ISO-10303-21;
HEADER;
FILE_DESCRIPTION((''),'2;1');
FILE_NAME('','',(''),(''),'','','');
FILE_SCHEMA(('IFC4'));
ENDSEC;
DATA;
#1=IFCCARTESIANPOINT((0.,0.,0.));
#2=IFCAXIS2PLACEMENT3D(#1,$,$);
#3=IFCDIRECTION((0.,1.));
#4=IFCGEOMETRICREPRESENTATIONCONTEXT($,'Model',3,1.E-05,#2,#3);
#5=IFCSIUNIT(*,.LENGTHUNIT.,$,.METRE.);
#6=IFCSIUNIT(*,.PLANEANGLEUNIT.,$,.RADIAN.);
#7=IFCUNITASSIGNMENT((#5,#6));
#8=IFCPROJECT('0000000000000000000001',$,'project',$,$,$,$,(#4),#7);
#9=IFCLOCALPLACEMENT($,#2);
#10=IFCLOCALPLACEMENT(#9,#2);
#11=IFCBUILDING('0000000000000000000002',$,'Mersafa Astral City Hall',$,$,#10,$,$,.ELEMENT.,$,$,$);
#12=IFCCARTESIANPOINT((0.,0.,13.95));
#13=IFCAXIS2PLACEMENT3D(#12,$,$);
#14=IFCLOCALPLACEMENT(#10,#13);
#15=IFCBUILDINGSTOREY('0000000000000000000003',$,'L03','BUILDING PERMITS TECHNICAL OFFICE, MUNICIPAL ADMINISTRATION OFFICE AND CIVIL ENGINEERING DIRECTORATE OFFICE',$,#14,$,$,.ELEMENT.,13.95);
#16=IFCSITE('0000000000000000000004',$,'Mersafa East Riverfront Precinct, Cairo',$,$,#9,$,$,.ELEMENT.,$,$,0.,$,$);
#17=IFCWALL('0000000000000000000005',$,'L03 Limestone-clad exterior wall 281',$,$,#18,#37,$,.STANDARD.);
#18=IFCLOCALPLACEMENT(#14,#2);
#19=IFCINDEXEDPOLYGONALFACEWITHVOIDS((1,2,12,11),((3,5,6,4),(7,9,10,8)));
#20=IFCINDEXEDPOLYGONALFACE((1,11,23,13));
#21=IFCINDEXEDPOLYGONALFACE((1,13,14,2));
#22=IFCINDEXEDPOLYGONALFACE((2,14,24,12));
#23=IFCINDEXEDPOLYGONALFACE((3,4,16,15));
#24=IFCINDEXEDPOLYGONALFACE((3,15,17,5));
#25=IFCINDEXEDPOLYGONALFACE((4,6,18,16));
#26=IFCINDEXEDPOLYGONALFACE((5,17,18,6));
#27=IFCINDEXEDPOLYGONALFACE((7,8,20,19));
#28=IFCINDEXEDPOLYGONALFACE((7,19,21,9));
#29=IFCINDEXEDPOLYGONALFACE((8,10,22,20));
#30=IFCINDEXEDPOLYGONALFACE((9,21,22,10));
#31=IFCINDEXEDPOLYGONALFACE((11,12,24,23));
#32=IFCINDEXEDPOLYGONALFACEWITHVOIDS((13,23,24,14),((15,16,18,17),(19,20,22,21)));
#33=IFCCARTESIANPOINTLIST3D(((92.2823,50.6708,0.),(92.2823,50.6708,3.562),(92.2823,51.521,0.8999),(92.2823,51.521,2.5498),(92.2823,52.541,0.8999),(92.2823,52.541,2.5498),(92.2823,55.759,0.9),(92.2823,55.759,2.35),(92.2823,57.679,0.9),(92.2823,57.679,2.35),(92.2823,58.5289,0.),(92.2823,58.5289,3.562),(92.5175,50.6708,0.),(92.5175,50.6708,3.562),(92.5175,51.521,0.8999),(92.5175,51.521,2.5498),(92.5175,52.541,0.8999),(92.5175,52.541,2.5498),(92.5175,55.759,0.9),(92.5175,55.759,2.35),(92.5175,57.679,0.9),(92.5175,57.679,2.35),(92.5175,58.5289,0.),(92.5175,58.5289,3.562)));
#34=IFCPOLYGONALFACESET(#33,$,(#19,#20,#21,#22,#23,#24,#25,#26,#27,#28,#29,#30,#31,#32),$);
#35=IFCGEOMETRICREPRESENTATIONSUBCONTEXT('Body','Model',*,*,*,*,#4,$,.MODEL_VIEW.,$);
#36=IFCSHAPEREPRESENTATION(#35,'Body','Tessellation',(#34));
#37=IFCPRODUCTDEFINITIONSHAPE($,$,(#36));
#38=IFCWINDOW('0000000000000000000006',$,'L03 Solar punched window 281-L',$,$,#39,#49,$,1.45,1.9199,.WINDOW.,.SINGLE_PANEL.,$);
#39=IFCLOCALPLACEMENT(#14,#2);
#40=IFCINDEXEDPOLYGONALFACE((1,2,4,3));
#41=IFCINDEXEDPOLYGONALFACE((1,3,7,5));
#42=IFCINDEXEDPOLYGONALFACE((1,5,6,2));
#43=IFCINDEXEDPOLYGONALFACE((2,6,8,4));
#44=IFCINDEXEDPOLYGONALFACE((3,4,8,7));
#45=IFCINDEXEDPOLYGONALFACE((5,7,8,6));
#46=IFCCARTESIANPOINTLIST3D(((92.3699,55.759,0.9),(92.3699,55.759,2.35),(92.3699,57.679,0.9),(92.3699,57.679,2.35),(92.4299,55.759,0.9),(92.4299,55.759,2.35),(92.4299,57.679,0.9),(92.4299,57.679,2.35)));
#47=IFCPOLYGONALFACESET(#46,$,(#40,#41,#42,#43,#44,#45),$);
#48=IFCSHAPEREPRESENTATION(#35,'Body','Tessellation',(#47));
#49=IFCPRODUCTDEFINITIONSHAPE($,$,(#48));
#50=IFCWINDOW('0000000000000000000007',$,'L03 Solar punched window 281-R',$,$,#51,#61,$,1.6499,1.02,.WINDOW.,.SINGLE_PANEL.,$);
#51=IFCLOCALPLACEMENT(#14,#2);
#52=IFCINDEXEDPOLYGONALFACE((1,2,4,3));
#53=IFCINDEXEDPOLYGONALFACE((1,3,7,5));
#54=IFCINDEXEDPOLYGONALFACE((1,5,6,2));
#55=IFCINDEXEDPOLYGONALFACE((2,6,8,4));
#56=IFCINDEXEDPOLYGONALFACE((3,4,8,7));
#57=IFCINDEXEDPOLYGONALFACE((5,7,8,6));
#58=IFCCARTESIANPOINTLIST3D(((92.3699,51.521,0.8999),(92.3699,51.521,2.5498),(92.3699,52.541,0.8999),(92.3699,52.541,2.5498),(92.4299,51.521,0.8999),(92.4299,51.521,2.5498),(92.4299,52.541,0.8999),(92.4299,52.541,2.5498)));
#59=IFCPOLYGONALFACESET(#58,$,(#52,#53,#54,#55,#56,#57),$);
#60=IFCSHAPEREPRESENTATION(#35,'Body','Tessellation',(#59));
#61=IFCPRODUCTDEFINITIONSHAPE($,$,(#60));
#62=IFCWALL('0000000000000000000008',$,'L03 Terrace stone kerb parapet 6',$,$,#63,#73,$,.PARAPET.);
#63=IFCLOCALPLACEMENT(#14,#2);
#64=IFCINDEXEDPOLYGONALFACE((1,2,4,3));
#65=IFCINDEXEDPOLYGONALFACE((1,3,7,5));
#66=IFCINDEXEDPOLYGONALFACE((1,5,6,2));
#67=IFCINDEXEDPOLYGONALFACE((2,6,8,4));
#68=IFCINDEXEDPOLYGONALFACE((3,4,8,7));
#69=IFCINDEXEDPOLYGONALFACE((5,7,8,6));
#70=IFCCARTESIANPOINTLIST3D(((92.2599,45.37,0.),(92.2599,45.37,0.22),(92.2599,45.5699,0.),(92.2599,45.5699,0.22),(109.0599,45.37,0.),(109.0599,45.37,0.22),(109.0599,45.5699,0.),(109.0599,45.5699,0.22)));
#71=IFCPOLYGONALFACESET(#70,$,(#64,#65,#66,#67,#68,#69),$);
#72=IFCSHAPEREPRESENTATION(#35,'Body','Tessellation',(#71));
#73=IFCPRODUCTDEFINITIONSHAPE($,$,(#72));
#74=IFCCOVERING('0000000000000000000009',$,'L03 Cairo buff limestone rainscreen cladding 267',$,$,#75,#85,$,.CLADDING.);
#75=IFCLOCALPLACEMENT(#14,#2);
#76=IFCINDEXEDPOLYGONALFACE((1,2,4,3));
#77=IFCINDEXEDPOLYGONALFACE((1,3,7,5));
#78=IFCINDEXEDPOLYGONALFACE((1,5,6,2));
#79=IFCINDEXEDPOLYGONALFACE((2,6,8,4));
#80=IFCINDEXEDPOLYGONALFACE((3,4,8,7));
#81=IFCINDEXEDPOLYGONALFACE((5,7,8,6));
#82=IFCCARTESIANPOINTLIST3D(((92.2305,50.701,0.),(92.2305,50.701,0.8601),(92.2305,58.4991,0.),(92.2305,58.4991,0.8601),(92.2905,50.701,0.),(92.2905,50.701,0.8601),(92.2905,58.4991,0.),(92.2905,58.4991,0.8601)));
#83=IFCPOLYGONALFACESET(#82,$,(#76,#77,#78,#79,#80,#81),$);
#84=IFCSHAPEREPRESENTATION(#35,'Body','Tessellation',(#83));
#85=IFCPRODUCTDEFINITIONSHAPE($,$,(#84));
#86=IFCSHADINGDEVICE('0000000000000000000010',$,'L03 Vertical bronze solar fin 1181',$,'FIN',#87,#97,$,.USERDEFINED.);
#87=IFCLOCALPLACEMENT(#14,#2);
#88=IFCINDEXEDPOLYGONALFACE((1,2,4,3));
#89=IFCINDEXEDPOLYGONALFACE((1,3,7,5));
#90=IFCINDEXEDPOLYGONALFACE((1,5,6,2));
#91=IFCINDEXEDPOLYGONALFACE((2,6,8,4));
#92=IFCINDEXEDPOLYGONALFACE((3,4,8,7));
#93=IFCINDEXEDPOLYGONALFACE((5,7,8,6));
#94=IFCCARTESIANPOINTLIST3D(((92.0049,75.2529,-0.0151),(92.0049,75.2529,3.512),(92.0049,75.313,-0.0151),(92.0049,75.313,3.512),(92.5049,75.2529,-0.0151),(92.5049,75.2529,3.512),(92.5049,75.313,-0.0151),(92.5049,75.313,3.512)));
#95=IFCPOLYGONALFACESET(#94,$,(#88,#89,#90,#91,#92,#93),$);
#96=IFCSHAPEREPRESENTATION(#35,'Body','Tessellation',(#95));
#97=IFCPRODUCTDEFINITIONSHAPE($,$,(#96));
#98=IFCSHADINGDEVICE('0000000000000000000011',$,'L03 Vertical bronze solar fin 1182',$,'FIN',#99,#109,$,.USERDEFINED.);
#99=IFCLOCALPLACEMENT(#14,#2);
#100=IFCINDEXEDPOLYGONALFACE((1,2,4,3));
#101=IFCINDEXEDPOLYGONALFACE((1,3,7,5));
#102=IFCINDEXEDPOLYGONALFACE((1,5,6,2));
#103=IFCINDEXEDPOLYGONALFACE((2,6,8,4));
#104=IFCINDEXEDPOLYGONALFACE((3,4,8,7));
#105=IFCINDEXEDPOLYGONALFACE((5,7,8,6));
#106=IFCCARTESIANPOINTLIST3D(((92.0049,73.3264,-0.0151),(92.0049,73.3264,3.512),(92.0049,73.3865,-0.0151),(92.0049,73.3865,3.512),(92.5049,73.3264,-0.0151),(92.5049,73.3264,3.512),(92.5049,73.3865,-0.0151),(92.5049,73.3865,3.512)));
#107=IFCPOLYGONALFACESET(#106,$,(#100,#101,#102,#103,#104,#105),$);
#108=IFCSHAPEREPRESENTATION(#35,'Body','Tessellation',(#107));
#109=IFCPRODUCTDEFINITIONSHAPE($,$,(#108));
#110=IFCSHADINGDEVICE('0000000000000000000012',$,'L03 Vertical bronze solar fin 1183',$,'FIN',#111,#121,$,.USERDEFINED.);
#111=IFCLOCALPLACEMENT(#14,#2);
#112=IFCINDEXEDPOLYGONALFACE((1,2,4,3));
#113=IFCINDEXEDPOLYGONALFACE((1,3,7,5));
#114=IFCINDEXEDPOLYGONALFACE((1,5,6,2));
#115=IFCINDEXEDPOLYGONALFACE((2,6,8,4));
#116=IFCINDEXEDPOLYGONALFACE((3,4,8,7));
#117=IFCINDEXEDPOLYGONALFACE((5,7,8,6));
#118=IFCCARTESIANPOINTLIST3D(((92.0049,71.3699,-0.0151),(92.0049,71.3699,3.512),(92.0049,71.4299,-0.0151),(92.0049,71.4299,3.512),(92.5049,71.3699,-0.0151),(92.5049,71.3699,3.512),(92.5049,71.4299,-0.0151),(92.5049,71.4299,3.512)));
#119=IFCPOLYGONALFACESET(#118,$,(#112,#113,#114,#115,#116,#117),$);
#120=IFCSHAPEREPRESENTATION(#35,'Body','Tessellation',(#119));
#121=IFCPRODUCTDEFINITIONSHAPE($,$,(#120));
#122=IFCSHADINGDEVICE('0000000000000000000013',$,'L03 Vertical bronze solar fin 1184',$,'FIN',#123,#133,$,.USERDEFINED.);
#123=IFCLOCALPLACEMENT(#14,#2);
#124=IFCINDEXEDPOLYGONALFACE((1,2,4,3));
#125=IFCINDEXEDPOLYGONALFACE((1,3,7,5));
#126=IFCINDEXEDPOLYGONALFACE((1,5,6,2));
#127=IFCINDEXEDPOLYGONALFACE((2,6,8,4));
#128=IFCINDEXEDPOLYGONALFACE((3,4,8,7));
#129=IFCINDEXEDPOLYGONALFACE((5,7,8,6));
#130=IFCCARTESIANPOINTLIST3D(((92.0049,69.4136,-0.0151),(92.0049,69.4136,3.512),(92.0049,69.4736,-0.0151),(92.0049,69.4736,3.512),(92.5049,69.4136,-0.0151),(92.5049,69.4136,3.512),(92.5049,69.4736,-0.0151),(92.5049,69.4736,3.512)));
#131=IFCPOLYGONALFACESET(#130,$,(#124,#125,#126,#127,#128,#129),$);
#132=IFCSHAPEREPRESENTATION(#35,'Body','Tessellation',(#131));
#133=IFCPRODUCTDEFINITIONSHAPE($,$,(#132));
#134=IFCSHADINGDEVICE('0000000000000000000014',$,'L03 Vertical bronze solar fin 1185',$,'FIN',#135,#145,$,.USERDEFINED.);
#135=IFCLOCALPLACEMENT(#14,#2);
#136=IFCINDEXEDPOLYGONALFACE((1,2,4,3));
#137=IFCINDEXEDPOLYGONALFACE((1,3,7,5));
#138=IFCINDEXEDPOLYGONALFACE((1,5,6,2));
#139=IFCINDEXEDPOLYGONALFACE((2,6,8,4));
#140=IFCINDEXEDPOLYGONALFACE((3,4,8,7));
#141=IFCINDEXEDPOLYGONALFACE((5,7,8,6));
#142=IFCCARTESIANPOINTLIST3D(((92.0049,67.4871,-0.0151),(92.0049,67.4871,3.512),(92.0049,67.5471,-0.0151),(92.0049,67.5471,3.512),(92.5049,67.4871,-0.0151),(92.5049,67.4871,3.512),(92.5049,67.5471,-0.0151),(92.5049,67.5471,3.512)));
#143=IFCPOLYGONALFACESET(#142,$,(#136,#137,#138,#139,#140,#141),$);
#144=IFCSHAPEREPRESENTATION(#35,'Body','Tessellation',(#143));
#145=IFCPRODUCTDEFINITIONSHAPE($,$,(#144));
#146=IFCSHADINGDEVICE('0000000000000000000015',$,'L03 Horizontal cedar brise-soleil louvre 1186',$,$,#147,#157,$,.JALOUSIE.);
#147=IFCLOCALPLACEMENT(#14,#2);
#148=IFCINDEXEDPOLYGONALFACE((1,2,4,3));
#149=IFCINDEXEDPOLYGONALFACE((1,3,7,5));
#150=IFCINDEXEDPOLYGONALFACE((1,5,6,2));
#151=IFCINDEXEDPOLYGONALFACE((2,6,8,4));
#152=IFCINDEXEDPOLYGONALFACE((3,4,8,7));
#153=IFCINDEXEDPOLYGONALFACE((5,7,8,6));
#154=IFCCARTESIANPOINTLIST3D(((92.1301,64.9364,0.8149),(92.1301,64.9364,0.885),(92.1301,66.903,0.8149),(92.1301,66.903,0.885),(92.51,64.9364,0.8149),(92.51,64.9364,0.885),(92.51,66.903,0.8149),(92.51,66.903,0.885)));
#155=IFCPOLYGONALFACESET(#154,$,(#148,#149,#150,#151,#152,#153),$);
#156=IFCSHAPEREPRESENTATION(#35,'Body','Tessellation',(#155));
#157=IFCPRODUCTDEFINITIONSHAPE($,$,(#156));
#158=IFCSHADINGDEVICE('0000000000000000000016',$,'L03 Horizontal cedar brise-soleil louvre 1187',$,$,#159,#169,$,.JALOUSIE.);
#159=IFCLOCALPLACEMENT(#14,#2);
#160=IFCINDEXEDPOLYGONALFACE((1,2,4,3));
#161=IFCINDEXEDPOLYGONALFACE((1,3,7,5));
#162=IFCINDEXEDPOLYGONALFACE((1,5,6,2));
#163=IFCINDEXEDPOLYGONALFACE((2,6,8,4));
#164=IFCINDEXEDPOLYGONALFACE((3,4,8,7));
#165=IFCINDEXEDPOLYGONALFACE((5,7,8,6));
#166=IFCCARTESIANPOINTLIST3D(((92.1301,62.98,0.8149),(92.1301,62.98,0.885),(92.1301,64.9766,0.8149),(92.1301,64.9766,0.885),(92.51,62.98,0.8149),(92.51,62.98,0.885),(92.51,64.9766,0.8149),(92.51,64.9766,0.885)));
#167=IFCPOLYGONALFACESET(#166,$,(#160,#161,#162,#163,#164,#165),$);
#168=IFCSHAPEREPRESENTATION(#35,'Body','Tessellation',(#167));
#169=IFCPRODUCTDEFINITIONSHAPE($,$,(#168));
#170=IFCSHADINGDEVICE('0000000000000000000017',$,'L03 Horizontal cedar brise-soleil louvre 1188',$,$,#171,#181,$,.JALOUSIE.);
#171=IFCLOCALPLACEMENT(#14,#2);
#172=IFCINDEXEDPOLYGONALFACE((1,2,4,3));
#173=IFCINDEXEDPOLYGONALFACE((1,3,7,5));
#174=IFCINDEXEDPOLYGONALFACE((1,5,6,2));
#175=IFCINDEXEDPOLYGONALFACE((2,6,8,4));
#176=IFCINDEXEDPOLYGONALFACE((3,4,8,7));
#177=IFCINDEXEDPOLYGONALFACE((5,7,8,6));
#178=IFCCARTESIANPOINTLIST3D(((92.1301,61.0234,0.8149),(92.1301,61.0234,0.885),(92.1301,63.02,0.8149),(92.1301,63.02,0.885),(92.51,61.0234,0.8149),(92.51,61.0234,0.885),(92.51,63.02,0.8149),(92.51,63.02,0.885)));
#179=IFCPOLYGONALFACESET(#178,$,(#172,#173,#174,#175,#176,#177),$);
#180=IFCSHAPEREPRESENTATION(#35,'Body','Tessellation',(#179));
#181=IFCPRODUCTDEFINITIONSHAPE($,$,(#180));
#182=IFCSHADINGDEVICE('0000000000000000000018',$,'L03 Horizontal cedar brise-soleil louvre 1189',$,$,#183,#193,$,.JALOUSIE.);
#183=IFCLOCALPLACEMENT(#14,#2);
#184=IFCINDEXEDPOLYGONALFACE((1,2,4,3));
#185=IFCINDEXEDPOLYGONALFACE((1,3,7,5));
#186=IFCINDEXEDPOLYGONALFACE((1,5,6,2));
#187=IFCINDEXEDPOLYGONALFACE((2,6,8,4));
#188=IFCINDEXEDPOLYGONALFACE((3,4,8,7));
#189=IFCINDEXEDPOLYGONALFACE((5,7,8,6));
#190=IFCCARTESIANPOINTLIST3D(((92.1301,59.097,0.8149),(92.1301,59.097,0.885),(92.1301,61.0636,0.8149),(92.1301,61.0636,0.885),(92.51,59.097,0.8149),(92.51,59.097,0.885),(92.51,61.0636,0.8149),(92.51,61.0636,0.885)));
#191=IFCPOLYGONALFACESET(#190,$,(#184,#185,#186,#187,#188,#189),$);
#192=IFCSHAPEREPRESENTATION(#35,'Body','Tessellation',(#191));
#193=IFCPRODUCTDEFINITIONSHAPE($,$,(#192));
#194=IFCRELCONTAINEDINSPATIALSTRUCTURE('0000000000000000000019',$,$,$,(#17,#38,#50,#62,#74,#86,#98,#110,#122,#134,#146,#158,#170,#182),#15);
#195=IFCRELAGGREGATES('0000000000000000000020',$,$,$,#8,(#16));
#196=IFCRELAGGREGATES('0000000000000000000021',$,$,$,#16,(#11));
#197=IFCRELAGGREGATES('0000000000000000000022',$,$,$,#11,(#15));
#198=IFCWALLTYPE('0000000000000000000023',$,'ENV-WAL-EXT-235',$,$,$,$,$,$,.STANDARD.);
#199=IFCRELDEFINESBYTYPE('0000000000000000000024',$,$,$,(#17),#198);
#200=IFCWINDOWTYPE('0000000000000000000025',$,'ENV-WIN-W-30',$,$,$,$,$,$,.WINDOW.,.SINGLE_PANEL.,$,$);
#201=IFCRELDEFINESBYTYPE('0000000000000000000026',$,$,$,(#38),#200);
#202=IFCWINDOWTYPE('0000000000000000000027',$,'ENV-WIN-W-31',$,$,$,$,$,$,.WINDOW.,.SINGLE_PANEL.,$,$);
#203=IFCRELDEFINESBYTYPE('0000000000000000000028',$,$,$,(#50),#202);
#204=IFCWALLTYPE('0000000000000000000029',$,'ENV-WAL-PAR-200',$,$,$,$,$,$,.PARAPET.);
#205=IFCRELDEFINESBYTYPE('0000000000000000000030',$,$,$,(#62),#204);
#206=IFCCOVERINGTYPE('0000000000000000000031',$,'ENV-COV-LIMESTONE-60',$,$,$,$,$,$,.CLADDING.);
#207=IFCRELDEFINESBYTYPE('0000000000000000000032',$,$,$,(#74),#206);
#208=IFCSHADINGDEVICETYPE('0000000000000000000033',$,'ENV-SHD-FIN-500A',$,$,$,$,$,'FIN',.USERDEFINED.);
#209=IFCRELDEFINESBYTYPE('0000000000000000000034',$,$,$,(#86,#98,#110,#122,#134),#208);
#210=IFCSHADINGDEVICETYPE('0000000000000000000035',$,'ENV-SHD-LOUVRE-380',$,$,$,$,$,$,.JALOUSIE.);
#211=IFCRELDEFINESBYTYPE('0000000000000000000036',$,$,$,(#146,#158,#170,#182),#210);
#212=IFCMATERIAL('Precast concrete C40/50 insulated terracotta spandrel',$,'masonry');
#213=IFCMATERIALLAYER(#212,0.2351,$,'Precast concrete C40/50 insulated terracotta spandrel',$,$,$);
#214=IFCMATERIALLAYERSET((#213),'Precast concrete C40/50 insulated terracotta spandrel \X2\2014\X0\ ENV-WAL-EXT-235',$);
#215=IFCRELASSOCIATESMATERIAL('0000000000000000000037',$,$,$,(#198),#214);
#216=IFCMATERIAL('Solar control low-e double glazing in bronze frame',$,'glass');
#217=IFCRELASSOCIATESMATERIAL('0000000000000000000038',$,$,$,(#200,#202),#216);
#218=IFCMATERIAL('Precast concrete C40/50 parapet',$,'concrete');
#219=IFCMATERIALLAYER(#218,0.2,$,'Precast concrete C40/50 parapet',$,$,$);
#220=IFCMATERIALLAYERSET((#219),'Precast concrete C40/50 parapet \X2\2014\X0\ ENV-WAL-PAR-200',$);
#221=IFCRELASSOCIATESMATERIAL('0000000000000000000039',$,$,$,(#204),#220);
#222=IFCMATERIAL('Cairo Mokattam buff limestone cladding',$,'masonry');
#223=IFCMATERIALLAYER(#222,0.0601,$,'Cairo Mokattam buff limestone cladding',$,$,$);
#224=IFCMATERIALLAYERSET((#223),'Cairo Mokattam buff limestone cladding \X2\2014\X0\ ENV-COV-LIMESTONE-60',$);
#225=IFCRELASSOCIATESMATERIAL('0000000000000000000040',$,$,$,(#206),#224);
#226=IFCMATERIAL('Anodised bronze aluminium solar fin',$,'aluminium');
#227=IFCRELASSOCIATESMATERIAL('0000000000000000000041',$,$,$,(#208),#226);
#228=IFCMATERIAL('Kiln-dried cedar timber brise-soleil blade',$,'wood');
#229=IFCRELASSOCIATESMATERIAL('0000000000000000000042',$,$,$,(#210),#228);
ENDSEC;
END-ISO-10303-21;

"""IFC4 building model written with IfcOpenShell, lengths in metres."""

from ifc_helpers import new_model, si_unit, direction, frame, frame_2d, origin, origin_2d, place, context, subcontext, project, spatial, rectangle, extrude, material, layer, layer_set, type_object, element, fill, save


model = new_model("IFC4")

# Units and contexts
model_context = context("Model", 3, precision=1e-05, world=origin(), true_north=direction((0.0, 1.0)))
body_context = subcontext(model_context, "Body", "Model", "MODEL_VIEW")
ifc_project = project(units=[si_unit("LENGTHUNIT", "METRE"), si_unit("PLANEANGLEUNIT", "RADIAN")], contexts=[model_context])

# Site, building, storey
site_placement = place(None, origin())
site = spatial("IfcSite", under=ifc_project, at=site_placement, Name="Mersafa East Riverfront Precinct, Cairo", CompositionType="ELEMENT", RefElevation=0.0)
building_placement = place(site_placement, origin())
building = spatial("IfcBuilding", under=site, at=building_placement, Name="Mersafa Astral City Hall", CompositionType="ELEMENT")
storey_placement = place(building_placement, frame((0.0, 0.0, 13.95)))
storey = spatial("IfcBuildingStorey", under=building, at=storey_placement, Name="L03", Description="BUILDING PERMITS TECHNICAL OFFICE, MUNICIPAL ADMINISTRATION OFFICE AND CIVIL ENGINEERING DIRECTORATE OFFICE", CompositionType="ELEMENT", Elevation=13.95)

# Wall, openings, windows
ifc_material_1 = material(Name="Precast concrete C40/50 insulated terracotta spandrel", Category="masonry")
ifc_layer_1 = layer(ifc_material_1, 0.2351, Name="Precast concrete C40/50 insulated terracotta spandrel")
ifc_layer_set_1 = layer_set([ifc_layer_1], Name="Precast concrete C40/50 insulated terracotta spandrel — ENV-WAL-EXT-235")
wall_type_1 = type_object("IfcWallType", Name="ENV-WAL-EXT-235", PredefinedType="STANDARD", material=ifc_layer_set_1)
wall_1_placement = place(storey_placement, frame((92.3999, 58.5291, 0.0), z_axis=(0.0, 0.0, 1.0), x_axis=(0.0, -1.0, 0.0)))
wall_1 = element("IfcWall", 1, at=wall_1_placement, inside=storey, type_object=wall_type_1, Name="L03 Limestone-clad exterior wall 281", PredefinedType="STANDARD", context=body_context, shape_type="SweptSolid", body=[
    extrude(rectangle(XDim=7.8582, YDim=0.2351, at=frame_2d((3.9292, 0.0))), origin(), (0.0, 0.0, 1.0), 3.562),
])
opening_1_placement = place(wall_1_placement, frame((0.8501, 0.0, 0.8999)))
opening_1 = element("IfcOpeningElement", 2, at=opening_1_placement, cuts=wall_1, PredefinedType="OPENING", context=body_context, shape_type="SweptSolid", body=[
    extrude(rectangle(XDim=1.9199, YDim=1.45, at=frame_2d((0.96, 0.7251))), frame((0.0, 0.1274, 0.0), z_axis=(0.0, -1.0, 0.0), x_axis=(1.0, 0.0, 0.0)), (0.0, 0.0, 1.0), 0.2551),
])
opening_2_placement = place(wall_1_placement, frame((5.988, 0.0, 0.8999)))
opening_2 = element("IfcOpeningElement", 3, at=opening_2_placement, cuts=wall_1, PredefinedType="OPENING", context=body_context, shape_type="SweptSolid", body=[
    extrude(rectangle(XDim=1.02, YDim=1.6499, at=frame_2d((0.51, 0.825))), frame((0.0, 0.1274, 0.0), z_axis=(0.0, -1.0, 0.0), x_axis=(1.0, 0.0, 0.0)), (0.0, 0.0, 1.0), 0.2551),
])
ifc_material_2 = material(Name="Solar control low-e double glazing in bronze frame", Category="glass")
window_type_1 = type_object("IfcWindowType", Name="ENV-WIN-W-30", PartitioningType="SINGLE_PANEL", PredefinedType="WINDOW", material=ifc_material_2)
window_1_placement = place(opening_1_placement, origin())
window_1 = element("IfcWindow", 4, at=window_1_placement, inside=storey, type_object=window_type_1, Name="L03 Solar punched window 281-L", OverallHeight=1.45, OverallWidth=1.9199, PartitioningType="SINGLE_PANEL", PredefinedType="WINDOW", context=body_context, shape_type="SweptSolid", body=[
    extrude(rectangle(XDim=1.9199, YDim=1.45, at=frame_2d((0.96, 0.7251))), frame((0.0, 0.03, 0.0), z_axis=(0.0, -1.0, 0.0), x_axis=(1.0, 0.0, 0.0)), (0.0, 0.0, 1.0), 0.0601),
])
fill(opening_1, window_1)
window_type_2 = type_object("IfcWindowType", Name="ENV-WIN-W-31", PartitioningType="SINGLE_PANEL", PredefinedType="WINDOW", material=ifc_material_2)
window_2_placement = place(opening_2_placement, origin())
window_2 = element("IfcWindow", 5, at=window_2_placement, inside=storey, type_object=window_type_2, Name="L03 Solar punched window 281-R", OverallHeight=1.6499, OverallWidth=1.02, PartitioningType="SINGLE_PANEL", PredefinedType="WINDOW", context=body_context, shape_type="SweptSolid", body=[
    extrude(rectangle(XDim=1.02, YDim=1.6499, at=frame_2d((0.51, 0.825))), frame((0.0, 0.03, 0.0), z_axis=(0.0, -1.0, 0.0), x_axis=(1.0, 0.0, 0.0)), (0.0, 0.0, 1.0), 0.0601),
])
fill(opening_2, window_2)

# Wall
ifc_material_3 = material(Name="Precast concrete C40/50 parapet", Category="concrete")
ifc_layer_2 = layer(ifc_material_3, 0.2, Name="Precast concrete C40/50 parapet")
ifc_layer_set_2 = layer_set([ifc_layer_2], Name="Precast concrete C40/50 parapet — ENV-WAL-PAR-200")
wall_type_2 = type_object("IfcWallType", Name="ENV-WAL-PAR-200", PredefinedType="PARAPET", material=ifc_layer_set_2)
wall_2_placement = place(storey_placement, frame((92.26, 45.47, 0.0), z_axis=(0.0, 0.0, 1.0), x_axis=(1.0, 0.0, 0.0)))
element("IfcWall", 6, at=wall_2_placement, inside=storey, type_object=wall_type_2, Name="L03 Terrace stone kerb parapet 6", PredefinedType="PARAPET", context=body_context, shape_type="SweptSolid", body=[
    extrude(rectangle(XDim=16.8, YDim=0.2, at=frame_2d((8.3999, 0.0))), origin(), (0.0, 0.0, 1.0), 0.22),
])

# Covering
ifc_material_4 = material(Name="Cairo Mokattam buff limestone cladding", Category="masonry")
ifc_layer_3 = layer(ifc_material_4, 0.0601, Name="Cairo Mokattam buff limestone cladding")
ifc_layer_set_3 = layer_set([ifc_layer_3], Name="Cairo Mokattam buff limestone cladding — ENV-COV-LIMESTONE-60")
covering_type = type_object("IfcCoveringType", Name="ENV-COV-LIMESTONE-60", PredefinedType="CLADDING", material=ifc_layer_set_3)
covering_placement = place(storey_placement, frame((92.2605, 54.6001, 0.0), z_axis=(0.0, 0.0, 1.0), x_axis=(0.0, -1.0, 0.0)))
element("IfcCovering", 7, at=covering_placement, inside=storey, type_object=covering_type, Name="L03 Cairo buff limestone rainscreen cladding 267", PredefinedType="CLADDING", context=body_context, shape_type="SweptSolid", body=[
    extrude(rectangle(XDim=7.7981, YDim=0.0601, at=origin_2d()), origin(), (0.0, 0.0, 1.0), 0.8601),
])

# Shading devices
ifc_material_5 = material(Name="Anodised bronze aluminium solar fin", Category="aluminium")
shading_device_type_1 = type_object("IfcShadingDeviceType", Name="ENV-SHD-FIN-500A", ElementType="FIN", PredefinedType="USERDEFINED", material=ifc_material_5)
for number, where, z_axis, x_axis, name in (
    (8, (92.2549, 75.283, -0.0151), (0.0, 0.0, 1.0), (0.0, -1.0, 0.0), "L03 Vertical bronze solar fin 1181"),
    (9, (92.2549, 73.3564, -0.0151), (0.0, 0.0, 1.0), (0.0, -1.0, 0.0), "L03 Vertical bronze solar fin 1182"),
    (10, (92.2549, 71.3999, -0.0151), (0.0, 0.0, 1.0), (0.0, -1.0, 0.0), "L03 Vertical bronze solar fin 1183"),
    (11, (92.2549, 69.4436, -0.0151), (0.0, 0.0, 1.0), (0.0, -1.0, 0.0), "L03 Vertical bronze solar fin 1184"),
    (12, (92.2549, 67.5171, -0.0151), (0.0, 0.0, 1.0), (0.0, -1.0, 0.0), "L03 Vertical bronze solar fin 1185"),
):
    element("IfcShadingDevice", number, at=place(storey_placement, frame(where, z_axis=z_axis, x_axis=x_axis)), inside=storey, type_object=shading_device_type_1, Name=name, ObjectType="FIN", PredefinedType="USERDEFINED", context=body_context, shape_type="SweptSolid", body=[
        extrude(rectangle(XDim=0.0601, YDim=0.5, at=origin_2d()), origin(), (0.0, 0.0, 1.0), 3.5271),
    ])
ifc_material_6 = material(Name="Kiln-dried cedar timber brise-soleil blade", Category="wood")
shading_device_type_2 = type_object("IfcShadingDeviceType", Name="ENV-SHD-LOUVRE-380", PredefinedType="JALOUSIE", material=ifc_material_6)
shading_device_1_placement = place(storey_placement, frame((92.3201, 65.9197, 0.8149), z_axis=(0.0, 0.0, 1.0), x_axis=(0.0, -1.0, 0.0)))
element("IfcShadingDevice", 13, at=shading_device_1_placement, inside=storey, type_object=shading_device_type_2, Name="L03 Horizontal cedar brise-soleil louvre 1186", PredefinedType="JALOUSIE", context=body_context, shape_type="SweptSolid", body=[
    extrude(rectangle(XDim=1.9666, YDim=0.3799, at=origin_2d()), origin(), (0.0, 0.0, 1.0), 0.0701),
])
for number, where, z_axis, x_axis, name in (
    (14, (92.3201, 63.9783, 0.8149), (0.0, 0.0, 1.0), (0.0, -1.0, 0.0), "L03 Horizontal cedar brise-soleil louvre 1187"),
    (15, (92.3201, 62.0217, 0.8149), (0.0, 0.0, 1.0), (0.0, -1.0, 0.0), "L03 Horizontal cedar brise-soleil louvre 1188"),
):
    element("IfcShadingDevice", number, at=place(storey_placement, frame(where, z_axis=z_axis, x_axis=x_axis)), inside=storey, type_object=shading_device_type_2, Name=name, PredefinedType="JALOUSIE", context=body_context, shape_type="SweptSolid", body=[
        extrude(rectangle(XDim=1.9966, YDim=0.3799, at=origin_2d()), origin(), (0.0, 0.0, 1.0), 0.0701),
    ])
for number, where, z_axis, x_axis, name in (
    (16, (92.3201, 60.0803, 0.8149), (0.0, 0.0, 1.0), (0.0, -1.0, 0.0), "L03 Horizontal cedar brise-soleil louvre 1189"),
):
    element("IfcShadingDevice", number, at=place(storey_placement, frame(where, z_axis=z_axis, x_axis=x_axis)), inside=storey, type_object=shading_device_type_2, Name=name, PredefinedType="JALOUSIE", context=body_context, shape_type="SweptSolid", body=[
        extrude(rectangle(XDim=1.9666, YDim=0.3799, at=origin_2d()), origin(), (0.0, 0.0, 1.0), 0.0701),
    ])

save(model, "model.ifc")
